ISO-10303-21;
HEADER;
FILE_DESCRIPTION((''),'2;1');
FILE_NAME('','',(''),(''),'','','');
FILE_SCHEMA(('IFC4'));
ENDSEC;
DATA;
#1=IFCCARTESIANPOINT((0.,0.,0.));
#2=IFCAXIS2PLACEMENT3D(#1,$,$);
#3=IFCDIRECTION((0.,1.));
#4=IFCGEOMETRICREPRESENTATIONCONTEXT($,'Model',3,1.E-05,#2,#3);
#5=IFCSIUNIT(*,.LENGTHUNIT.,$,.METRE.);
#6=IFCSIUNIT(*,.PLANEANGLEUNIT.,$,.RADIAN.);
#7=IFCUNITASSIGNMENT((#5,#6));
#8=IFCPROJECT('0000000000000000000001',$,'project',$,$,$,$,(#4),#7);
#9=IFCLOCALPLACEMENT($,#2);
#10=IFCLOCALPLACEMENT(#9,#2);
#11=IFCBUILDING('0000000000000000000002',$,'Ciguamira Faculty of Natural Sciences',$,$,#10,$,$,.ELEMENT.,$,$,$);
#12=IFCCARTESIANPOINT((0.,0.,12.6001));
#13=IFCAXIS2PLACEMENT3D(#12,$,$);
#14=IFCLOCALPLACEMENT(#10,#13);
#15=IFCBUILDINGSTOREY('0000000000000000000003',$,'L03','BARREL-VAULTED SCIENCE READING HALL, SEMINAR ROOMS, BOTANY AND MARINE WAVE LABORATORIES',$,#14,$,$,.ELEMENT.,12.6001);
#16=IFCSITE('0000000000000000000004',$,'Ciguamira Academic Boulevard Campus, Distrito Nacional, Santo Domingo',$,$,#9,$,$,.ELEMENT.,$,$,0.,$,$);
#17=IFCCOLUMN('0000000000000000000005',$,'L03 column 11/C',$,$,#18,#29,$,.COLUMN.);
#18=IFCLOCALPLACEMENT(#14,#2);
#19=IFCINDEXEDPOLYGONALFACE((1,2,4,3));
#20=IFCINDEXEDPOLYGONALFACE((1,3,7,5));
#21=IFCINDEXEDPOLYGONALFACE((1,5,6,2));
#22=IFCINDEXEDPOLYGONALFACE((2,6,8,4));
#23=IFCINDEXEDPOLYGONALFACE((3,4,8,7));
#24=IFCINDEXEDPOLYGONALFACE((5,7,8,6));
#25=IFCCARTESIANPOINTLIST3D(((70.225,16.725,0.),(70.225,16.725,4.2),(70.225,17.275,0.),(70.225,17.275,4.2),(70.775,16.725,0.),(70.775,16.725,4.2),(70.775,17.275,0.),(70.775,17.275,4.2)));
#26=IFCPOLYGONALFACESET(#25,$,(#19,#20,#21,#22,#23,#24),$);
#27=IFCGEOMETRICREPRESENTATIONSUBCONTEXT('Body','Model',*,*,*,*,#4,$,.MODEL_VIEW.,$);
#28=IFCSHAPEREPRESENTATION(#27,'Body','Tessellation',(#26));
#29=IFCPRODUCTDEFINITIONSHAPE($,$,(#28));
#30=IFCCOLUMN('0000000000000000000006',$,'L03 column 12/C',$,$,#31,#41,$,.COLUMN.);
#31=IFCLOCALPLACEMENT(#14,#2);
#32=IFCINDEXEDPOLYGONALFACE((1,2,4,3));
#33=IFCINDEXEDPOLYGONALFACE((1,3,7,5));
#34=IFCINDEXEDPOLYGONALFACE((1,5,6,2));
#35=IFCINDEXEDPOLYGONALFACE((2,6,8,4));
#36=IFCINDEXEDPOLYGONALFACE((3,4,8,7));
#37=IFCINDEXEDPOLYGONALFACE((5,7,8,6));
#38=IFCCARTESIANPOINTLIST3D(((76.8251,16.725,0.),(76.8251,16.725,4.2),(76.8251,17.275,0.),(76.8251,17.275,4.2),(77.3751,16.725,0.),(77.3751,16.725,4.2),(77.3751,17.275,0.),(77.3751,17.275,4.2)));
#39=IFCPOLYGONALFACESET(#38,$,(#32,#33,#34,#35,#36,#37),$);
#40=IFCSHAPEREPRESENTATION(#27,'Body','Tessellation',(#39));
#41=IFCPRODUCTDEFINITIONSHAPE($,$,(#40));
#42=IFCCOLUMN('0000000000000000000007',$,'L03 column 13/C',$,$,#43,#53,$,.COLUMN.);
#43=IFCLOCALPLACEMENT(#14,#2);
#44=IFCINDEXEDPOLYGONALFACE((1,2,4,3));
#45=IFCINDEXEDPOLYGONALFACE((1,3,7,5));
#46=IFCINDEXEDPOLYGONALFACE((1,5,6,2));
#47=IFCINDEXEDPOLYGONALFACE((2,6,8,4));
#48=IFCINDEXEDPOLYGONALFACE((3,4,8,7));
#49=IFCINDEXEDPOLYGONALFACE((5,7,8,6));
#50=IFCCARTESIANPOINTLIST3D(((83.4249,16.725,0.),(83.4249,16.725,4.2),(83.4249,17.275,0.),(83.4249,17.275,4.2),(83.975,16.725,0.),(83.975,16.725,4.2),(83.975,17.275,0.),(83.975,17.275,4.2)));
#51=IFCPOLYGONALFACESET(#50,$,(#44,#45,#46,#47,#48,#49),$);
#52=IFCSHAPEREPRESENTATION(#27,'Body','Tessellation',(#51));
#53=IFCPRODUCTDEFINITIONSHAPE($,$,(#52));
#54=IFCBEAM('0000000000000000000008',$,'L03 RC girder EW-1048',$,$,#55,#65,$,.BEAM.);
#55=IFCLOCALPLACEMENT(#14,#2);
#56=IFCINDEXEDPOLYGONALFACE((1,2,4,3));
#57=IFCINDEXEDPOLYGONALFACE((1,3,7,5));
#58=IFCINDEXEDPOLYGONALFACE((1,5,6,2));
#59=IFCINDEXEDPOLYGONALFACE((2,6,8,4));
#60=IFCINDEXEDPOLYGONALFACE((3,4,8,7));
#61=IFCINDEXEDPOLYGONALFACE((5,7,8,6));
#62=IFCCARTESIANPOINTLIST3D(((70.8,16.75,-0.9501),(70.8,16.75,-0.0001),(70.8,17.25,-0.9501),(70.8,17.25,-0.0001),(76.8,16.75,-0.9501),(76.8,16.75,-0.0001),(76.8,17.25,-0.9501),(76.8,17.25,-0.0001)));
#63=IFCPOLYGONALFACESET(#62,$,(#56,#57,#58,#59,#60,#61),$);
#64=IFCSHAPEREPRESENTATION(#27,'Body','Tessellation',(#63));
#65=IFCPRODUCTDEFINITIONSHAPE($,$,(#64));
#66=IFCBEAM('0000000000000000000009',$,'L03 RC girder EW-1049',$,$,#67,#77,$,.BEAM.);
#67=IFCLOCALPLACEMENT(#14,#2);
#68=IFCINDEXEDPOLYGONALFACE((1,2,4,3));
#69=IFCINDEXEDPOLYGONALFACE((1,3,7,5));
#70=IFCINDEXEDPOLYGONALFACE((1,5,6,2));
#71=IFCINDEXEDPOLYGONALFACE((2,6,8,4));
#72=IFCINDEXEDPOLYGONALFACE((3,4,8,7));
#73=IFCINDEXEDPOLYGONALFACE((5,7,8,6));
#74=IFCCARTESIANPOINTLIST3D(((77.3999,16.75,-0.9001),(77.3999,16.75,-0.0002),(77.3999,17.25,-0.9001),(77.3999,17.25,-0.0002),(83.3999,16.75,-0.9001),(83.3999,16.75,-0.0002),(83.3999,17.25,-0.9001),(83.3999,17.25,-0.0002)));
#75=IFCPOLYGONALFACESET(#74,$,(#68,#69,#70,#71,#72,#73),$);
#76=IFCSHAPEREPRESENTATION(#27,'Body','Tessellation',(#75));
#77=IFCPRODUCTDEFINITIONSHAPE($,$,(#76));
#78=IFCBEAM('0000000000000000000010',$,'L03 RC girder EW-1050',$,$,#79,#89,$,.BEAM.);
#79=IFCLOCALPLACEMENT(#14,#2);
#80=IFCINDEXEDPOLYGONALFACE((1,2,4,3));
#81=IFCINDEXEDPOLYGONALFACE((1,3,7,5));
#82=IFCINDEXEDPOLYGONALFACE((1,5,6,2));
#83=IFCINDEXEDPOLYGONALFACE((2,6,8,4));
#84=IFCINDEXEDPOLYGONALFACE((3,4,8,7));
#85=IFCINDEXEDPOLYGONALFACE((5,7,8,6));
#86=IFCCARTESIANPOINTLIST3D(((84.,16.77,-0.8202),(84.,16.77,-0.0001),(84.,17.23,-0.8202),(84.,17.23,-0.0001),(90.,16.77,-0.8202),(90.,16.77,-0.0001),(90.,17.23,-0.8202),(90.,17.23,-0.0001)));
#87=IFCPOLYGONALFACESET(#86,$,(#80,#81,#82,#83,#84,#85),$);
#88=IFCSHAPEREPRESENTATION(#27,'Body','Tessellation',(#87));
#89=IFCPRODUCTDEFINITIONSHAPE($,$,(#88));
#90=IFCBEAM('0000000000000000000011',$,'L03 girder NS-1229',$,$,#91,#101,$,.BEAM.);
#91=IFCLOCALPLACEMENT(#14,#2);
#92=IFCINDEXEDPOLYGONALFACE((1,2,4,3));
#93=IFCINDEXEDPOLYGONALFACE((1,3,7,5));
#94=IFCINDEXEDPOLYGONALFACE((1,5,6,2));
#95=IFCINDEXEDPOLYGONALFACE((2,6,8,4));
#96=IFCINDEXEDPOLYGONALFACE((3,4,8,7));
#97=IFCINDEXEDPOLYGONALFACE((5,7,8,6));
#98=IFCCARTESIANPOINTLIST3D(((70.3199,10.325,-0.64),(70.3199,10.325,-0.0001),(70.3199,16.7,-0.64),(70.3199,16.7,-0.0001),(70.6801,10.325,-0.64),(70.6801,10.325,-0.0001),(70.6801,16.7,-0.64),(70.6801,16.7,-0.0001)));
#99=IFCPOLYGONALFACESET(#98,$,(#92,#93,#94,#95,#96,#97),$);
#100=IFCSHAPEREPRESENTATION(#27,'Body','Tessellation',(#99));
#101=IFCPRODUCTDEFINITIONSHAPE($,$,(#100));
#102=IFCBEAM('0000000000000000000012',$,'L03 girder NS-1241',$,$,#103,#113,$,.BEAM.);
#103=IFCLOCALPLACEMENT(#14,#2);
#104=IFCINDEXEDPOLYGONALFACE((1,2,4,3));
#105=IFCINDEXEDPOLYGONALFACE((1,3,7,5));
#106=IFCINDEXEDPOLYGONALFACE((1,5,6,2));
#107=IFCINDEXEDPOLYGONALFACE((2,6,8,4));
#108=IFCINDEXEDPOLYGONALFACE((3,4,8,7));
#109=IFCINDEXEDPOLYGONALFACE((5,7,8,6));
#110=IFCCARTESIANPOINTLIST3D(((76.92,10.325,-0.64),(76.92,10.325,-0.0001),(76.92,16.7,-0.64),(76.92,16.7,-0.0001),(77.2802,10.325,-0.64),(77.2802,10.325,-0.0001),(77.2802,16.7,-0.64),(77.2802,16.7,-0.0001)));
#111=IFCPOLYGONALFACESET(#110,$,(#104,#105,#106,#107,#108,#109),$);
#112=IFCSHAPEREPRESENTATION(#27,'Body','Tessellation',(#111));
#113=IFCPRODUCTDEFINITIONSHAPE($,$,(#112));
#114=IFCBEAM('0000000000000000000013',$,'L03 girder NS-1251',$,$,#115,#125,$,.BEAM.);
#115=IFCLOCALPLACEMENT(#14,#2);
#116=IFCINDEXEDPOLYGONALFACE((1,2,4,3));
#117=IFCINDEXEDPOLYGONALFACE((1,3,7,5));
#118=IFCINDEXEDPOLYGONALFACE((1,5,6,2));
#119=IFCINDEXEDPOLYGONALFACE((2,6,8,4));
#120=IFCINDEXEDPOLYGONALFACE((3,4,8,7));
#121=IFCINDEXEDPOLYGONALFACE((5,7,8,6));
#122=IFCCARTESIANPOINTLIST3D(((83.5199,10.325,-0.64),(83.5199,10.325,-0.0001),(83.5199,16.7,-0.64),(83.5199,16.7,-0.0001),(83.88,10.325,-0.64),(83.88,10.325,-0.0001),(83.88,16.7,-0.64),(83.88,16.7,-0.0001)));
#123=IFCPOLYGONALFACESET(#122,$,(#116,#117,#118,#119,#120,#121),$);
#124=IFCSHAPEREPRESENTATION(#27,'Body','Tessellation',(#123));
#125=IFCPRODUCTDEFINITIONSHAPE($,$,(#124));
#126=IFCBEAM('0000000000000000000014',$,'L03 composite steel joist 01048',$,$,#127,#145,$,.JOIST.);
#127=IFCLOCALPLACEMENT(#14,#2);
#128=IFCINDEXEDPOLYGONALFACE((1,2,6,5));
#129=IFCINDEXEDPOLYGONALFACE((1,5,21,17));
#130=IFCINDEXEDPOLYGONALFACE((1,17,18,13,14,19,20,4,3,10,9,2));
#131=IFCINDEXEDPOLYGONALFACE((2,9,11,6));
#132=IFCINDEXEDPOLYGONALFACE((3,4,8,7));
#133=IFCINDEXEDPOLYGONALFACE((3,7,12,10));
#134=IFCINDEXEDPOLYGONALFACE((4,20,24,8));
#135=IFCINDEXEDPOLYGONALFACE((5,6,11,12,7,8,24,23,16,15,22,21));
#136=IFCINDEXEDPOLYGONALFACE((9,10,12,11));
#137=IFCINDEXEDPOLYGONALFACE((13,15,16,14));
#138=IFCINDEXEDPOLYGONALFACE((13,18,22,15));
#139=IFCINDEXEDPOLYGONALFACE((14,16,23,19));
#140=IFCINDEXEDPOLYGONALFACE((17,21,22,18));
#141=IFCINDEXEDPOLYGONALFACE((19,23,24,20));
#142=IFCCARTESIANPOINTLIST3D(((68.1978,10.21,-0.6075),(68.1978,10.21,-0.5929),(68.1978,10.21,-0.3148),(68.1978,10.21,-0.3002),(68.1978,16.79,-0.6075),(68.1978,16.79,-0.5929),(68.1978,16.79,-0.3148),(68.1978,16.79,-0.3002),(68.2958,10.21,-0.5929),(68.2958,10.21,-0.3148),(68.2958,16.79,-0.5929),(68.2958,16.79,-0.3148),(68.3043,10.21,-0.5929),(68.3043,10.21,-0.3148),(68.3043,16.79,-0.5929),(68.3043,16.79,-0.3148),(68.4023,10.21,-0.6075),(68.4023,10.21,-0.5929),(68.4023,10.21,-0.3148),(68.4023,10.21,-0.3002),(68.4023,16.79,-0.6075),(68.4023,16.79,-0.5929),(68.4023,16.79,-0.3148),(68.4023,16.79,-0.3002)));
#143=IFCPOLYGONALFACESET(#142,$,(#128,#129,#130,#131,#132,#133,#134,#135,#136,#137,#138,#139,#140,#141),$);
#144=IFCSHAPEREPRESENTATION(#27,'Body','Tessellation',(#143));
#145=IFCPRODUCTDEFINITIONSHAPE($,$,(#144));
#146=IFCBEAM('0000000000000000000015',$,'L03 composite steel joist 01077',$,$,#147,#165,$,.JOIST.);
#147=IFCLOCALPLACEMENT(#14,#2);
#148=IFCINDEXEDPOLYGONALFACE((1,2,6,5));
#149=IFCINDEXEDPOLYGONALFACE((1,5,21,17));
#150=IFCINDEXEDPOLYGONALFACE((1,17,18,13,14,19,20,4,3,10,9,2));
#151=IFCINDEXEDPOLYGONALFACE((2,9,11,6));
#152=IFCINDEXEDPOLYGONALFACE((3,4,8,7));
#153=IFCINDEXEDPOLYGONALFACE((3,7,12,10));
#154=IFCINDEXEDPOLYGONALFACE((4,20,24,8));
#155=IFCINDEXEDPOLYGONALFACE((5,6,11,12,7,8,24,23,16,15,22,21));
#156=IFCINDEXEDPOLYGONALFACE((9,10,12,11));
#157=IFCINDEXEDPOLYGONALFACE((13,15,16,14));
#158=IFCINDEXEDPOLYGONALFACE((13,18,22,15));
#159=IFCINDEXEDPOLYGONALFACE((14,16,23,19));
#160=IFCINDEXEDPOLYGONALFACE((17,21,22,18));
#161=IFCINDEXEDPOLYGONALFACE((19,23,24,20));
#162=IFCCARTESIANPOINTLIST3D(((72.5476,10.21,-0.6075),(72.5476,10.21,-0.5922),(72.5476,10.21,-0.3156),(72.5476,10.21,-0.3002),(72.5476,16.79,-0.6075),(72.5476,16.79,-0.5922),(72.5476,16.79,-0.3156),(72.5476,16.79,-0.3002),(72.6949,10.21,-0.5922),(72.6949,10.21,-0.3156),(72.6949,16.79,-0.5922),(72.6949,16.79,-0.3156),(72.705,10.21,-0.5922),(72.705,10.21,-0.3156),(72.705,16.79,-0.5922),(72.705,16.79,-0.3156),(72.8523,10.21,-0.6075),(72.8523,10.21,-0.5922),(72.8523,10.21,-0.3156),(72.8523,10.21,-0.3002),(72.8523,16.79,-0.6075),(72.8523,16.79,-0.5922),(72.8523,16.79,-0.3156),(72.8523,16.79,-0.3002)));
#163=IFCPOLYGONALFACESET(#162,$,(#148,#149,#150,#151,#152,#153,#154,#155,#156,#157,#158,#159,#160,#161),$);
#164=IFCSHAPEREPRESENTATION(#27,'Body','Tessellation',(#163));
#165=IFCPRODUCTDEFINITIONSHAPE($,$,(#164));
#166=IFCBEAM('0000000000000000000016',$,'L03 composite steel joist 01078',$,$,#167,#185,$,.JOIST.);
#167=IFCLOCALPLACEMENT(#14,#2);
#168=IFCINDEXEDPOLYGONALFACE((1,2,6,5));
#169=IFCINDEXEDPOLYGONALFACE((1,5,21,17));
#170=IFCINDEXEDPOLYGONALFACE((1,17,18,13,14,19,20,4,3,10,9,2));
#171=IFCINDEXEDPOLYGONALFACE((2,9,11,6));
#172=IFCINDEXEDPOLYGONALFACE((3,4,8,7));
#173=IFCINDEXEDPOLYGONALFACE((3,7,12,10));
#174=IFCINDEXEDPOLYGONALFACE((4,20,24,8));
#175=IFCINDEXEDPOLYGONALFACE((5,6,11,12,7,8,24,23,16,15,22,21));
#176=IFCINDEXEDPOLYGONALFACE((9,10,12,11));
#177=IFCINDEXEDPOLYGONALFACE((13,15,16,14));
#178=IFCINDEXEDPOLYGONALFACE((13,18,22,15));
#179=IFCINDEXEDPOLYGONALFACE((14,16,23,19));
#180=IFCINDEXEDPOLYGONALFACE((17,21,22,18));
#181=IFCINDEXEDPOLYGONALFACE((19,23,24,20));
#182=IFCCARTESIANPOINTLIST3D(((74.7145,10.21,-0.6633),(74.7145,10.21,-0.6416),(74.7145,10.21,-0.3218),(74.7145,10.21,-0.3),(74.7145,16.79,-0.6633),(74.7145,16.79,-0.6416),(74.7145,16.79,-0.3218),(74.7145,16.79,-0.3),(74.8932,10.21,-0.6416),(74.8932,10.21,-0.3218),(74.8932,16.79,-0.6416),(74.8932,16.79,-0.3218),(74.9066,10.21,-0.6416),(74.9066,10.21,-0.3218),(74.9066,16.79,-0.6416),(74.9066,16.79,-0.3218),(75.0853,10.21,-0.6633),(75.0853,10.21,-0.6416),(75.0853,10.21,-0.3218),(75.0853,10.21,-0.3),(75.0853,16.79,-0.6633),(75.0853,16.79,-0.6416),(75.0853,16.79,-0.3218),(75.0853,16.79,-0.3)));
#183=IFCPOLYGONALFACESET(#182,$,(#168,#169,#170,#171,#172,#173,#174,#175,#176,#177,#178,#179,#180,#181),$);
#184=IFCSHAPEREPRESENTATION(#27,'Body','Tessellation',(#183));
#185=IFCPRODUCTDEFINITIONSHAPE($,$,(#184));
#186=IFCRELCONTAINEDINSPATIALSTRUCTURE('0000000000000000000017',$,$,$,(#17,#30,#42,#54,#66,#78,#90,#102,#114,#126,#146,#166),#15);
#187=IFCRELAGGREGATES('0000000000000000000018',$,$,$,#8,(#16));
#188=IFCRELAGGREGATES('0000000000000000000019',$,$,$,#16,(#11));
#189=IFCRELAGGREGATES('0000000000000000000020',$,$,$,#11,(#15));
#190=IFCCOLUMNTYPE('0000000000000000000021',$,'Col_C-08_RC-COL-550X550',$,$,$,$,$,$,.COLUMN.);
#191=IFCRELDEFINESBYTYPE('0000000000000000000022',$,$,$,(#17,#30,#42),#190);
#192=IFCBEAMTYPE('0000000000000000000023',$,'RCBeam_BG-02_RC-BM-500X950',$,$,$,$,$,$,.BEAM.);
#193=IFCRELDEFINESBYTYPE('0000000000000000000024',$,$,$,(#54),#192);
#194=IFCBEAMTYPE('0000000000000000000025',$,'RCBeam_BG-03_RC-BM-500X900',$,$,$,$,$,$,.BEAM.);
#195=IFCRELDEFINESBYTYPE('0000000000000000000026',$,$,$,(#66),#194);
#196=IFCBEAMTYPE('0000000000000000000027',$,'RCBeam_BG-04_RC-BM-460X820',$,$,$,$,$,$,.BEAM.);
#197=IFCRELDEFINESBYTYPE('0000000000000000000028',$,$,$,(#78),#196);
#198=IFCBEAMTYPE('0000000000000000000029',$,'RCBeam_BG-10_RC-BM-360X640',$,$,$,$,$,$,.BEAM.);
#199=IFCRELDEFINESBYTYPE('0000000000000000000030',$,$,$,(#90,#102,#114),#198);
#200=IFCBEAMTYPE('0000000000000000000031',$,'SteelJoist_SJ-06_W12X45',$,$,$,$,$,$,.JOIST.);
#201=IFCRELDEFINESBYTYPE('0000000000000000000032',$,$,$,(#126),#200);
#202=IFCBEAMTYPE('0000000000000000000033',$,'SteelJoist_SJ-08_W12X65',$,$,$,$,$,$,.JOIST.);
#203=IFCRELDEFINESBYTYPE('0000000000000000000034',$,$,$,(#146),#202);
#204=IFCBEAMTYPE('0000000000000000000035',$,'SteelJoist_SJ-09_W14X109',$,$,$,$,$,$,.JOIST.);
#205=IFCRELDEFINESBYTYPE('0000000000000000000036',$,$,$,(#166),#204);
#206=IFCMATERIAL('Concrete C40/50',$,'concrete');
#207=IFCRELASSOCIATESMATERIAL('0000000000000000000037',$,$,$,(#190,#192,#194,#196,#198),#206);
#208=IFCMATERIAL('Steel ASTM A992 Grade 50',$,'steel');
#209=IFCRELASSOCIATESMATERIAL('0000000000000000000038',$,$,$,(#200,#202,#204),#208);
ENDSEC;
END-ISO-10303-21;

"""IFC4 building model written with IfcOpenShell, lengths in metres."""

from ifc_helpers import new_model, si_unit, direction, frame, origin, origin_2d, place, context, subcontext, project, spatial, rectangle, i_section, extrude, material, material_profile, profile_set, type_object, element, save


model = new_model("IFC4")

# Units and contexts
model_context = context("Model", 3, precision=1e-05, world=origin(), true_north=direction((0.0, 1.0)))
body_context = subcontext(model_context, "Body", "Model", "MODEL_VIEW")
ifc_project = project(units=[si_unit("LENGTHUNIT", "METRE"), si_unit("PLANEANGLEUNIT", "RADIAN")], contexts=[model_context])

# Site, building, storey
site_placement = place(None, origin())
site = spatial("IfcSite", under=ifc_project, at=site_placement, Name="Ciguamira Academic Boulevard Campus, Distrito Nacional, Santo Domingo", CompositionType="ELEMENT", RefElevation=0.0)
building_placement = place(site_placement, origin())
building = spatial("IfcBuilding", under=site, at=building_placement, Name="Ciguamira Faculty of Natural Sciences", CompositionType="ELEMENT")
storey_placement = place(building_placement, frame((0.0, 0.0, 12.6001)))
storey = spatial("IfcBuildingStorey", under=building, at=storey_placement, Name="L03", Description="BARREL-VAULTED SCIENCE READING HALL, SEMINAR ROOMS, BOTANY AND MARINE WAVE LABORATORIES", CompositionType="ELEMENT", Elevation=12.6001)

# Columns
ifc_material_1 = material(Name="Concrete C40/50", Category="concrete")
ifc_material_profile_1 = material_profile(ifc_material_1, rectangle(XDim=0.55, YDim=0.55, at=origin_2d()), Name="RC-COL-550X550")
ifc_profile_set_1 = profile_set([ifc_material_profile_1], Name="Concrete C40/50")
column_type = type_object("IfcColumnType", Name="Col_C-08_RC-COL-550X550", PredefinedType="COLUMN", material=ifc_profile_set_1)
for number, where, z_axis, x_axis, name in (
    (1, (70.5, 17.0, 0.0), (0.0, 0.0, 1.0), (1.0, 0.0, 0.0), "L03 column 11/C"),
    (2, (77.1001, 17.0, 0.0), (0.0, 0.0, 1.0), (1.0, 0.0, 0.0), "L03 column 12/C"),
    (3, (83.7, 17.0, 0.0), (0.0, 0.0, 1.0), (1.0, 0.0, 0.0), "L03 column 13/C"),
):
    element("IfcColumn", number, at=place(storey_placement, frame(where, z_axis=z_axis, x_axis=x_axis)), inside=storey, type_object=column_type, Name=name, PredefinedType="COLUMN", context=body_context, shape_type="SweptSolid", body=[
        extrude(rectangle(XDim=0.55, YDim=0.55, at=origin_2d()), origin(), (0.0, 0.0, 1.0), 4.2),
    ])

# Beams
ifc_material_profile_2 = material_profile(ifc_material_1, rectangle(XDim=0.5, YDim=0.95, at=origin_2d()), Name="RC-BM-500X950")
ifc_profile_set_2 = profile_set([ifc_material_profile_2], Name="Concrete C40/50")
beam_type_1 = type_object("IfcBeamType", Name="RCBeam_BG-02_RC-BM-500X950", PredefinedType="BEAM", material=ifc_profile_set_2)
beam_1_placement = place(storey_placement, frame((70.8, 17.0, -0.4751), z_axis=(1.0, 0.0, 0.0), x_axis=(0.0, 1.0, 0.0)))
element("IfcBeam", 4, at=beam_1_placement, inside=storey, type_object=beam_type_1, Name="L03 RC girder EW-1048", PredefinedType="BEAM", context=body_context, shape_type="SweptSolid", body=[
    extrude(rectangle(XDim=0.5, YDim=0.95, at=origin_2d()), origin(), (0.0, 0.0, 1.0), 6.0),
])
ifc_material_profile_3 = material_profile(ifc_material_1, rectangle(XDim=0.5, YDim=0.8999, at=origin_2d()), Name="RC-BM-500X900")
ifc_profile_set_3 = profile_set([ifc_material_profile_3], Name="Concrete C40/50")
beam_type_2 = type_object("IfcBeamType", Name="RCBeam_BG-03_RC-BM-500X900", PredefinedType="BEAM", material=ifc_profile_set_3)
beam_2_placement = place(storey_placement, frame((77.3999, 17.0, -0.4502), z_axis=(1.0, 0.0, 0.0), x_axis=(0.0, 1.0, 0.0)))
element("IfcBeam", 5, at=beam_2_placement, inside=storey, type_object=beam_type_2, Name="L03 RC girder EW-1049", PredefinedType="BEAM", context=body_context, shape_type="SweptSolid", body=[
    extrude(rectangle(XDim=0.5, YDim=0.8999, at=origin_2d()), origin(), (0.0, 0.0, 1.0), 6.0),
])
ifc_material_profile_4 = material_profile(ifc_material_1, rectangle(XDim=0.46, YDim=0.8201, at=origin_2d()), Name="RC-BM-460X820")
ifc_profile_set_4 = profile_set([ifc_material_profile_4], Name="Concrete C40/50")
beam_type_3 = type_object("IfcBeamType", Name="RCBeam_BG-04_RC-BM-460X820", PredefinedType="BEAM", material=ifc_profile_set_4)
beam_3_placement = place(storey_placement, frame((84.0, 17.0, -0.4102), z_axis=(1.0, 0.0, 0.0), x_axis=(0.0, 1.0, 0.0)))
element("IfcBeam", 6, at=beam_3_placement, inside=storey, type_object=beam_type_3, Name="L03 RC girder EW-1050", PredefinedType="BEAM", context=body_context, shape_type="SweptSolid", body=[
    extrude(rectangle(XDim=0.46, YDim=0.8201, at=origin_2d()), origin(), (0.0, 0.0, 1.0), 6.0),
])
ifc_material_profile_5 = material_profile(ifc_material_1, rectangle(XDim=0.3601, YDim=0.6399, at=origin_2d()), Name="RC-BM-360X640")
ifc_profile_set_5 = profile_set([ifc_material_profile_5], Name="Concrete C40/50")
beam_type_4 = type_object("IfcBeamType", Name="RCBeam_BG-10_RC-BM-360X640", PredefinedType="BEAM", material=ifc_profile_set_5)
for number, where, z_axis, x_axis, name in (
    (7, (70.5, 10.325, -0.3201), (0.0, 1.0, 0.0), (-1.0, 0.0, 0.0), "L03 girder NS-1229"),
    (8, (77.1001, 10.325, -0.3201), (0.0, 1.0, 0.0), (-1.0, 0.0, 0.0), "L03 girder NS-1241"),
    (9, (83.7, 10.325, -0.3201), (0.0, 1.0, 0.0), (-1.0, 0.0, 0.0), "L03 girder NS-1251"),
):
    element("IfcBeam", number, at=place(storey_placement, frame(where, z_axis=z_axis, x_axis=x_axis)), inside=storey, type_object=beam_type_4, Name=name, PredefinedType="BEAM", context=body_context, shape_type="SweptSolid", body=[
        extrude(rectangle(XDim=0.3601, YDim=0.6399, at=origin_2d()), origin(), (0.0, 0.0, 1.0), 6.375),
    ])
ifc_material_2 = material(Name="Steel ASTM A992 Grade 50", Category="steel")
ifc_material_profile_6 = material_profile(ifc_material_2, i_section(OverallWidth=0.2046, OverallDepth=0.3074, WebThickness=0.0085, FlangeThickness=0.0146, at=origin_2d()), Name="W12X45")
ifc_profile_set_6 = profile_set([ifc_material_profile_6], Name="Steel ASTM A992 Grade 50")
beam_type_5 = type_object("IfcBeamType", Name="SteelJoist_SJ-06_W12X45", PredefinedType="JOIST", material=ifc_profile_set_6)
beam_4_placement = place(storey_placement, frame((68.3, 10.21, -0.4539), z_axis=(0.0, 1.0, 0.0), x_axis=(-1.0, 0.0, 0.0)))
element("IfcBeam", 10, at=beam_4_placement, inside=storey, type_object=beam_type_5, Name="L03 composite steel joist 01048", PredefinedType="JOIST", context=body_context, shape_type="SweptSolid", body=[
    extrude(i_section(OverallWidth=0.2046, OverallDepth=0.3074, WebThickness=0.0085, FlangeThickness=0.0146, at=origin_2d()), origin(), (0.0, 0.0, 1.0), 6.5801),
])
ifc_material_profile_7 = material_profile(ifc_material_2, i_section(OverallWidth=0.3047, OverallDepth=0.3074, WebThickness=0.01, FlangeThickness=0.0154, at=origin_2d()), Name="W12X65")
ifc_profile_set_7 = profile_set([ifc_material_profile_7], Name="Steel ASTM A992 Grade 50")
beam_type_6 = type_object("IfcBeamType", Name="SteelJoist_SJ-08_W12X65", PredefinedType="JOIST", material=ifc_profile_set_7)
beam_5_placement = place(storey_placement, frame((72.7, 10.21, -0.4539), z_axis=(0.0, 1.0, 0.0), x_axis=(-1.0, 0.0, 0.0)))
element("IfcBeam", 11, at=beam_5_placement, inside=storey, type_object=beam_type_6, Name="L03 composite steel joist 01077", PredefinedType="JOIST", context=body_context, shape_type="SweptSolid", body=[
    extrude(i_section(OverallWidth=0.3047, OverallDepth=0.3074, WebThickness=0.01, FlangeThickness=0.0154, at=origin_2d()), origin(), (0.0, 0.0, 1.0), 6.5801),
])
ifc_material_profile_8 = material_profile(ifc_material_2, i_section(OverallWidth=0.3708, OverallDepth=0.3633, WebThickness=0.0134, FlangeThickness=0.0217, at=origin_2d()), Name="W14X109")
ifc_profile_set_8 = profile_set([ifc_material_profile_8], Name="Steel ASTM A992 Grade 50")
beam_type_7 = type_object("IfcBeamType", Name="SteelJoist_SJ-09_W14X109", PredefinedType="JOIST", material=ifc_profile_set_8)
beam_6_placement = place(storey_placement, frame((74.8999, 10.21, -0.4817), z_axis=(0.0, 1.0, 0.0), x_axis=(-1.0, 0.0, 0.0)))
element("IfcBeam", 12, at=beam_6_placement, inside=storey, type_object=beam_type_7, Name="L03 composite steel joist 01078", PredefinedType="JOIST", context=body_context, shape_type="SweptSolid", body=[
    extrude(i_section(OverallWidth=0.3708, OverallDepth=0.3633, WebThickness=0.0134, FlangeThickness=0.0217, at=origin_2d()), origin(), (0.0, 0.0, 1.0), 6.5801),
])

save(model, "model.ifc")
